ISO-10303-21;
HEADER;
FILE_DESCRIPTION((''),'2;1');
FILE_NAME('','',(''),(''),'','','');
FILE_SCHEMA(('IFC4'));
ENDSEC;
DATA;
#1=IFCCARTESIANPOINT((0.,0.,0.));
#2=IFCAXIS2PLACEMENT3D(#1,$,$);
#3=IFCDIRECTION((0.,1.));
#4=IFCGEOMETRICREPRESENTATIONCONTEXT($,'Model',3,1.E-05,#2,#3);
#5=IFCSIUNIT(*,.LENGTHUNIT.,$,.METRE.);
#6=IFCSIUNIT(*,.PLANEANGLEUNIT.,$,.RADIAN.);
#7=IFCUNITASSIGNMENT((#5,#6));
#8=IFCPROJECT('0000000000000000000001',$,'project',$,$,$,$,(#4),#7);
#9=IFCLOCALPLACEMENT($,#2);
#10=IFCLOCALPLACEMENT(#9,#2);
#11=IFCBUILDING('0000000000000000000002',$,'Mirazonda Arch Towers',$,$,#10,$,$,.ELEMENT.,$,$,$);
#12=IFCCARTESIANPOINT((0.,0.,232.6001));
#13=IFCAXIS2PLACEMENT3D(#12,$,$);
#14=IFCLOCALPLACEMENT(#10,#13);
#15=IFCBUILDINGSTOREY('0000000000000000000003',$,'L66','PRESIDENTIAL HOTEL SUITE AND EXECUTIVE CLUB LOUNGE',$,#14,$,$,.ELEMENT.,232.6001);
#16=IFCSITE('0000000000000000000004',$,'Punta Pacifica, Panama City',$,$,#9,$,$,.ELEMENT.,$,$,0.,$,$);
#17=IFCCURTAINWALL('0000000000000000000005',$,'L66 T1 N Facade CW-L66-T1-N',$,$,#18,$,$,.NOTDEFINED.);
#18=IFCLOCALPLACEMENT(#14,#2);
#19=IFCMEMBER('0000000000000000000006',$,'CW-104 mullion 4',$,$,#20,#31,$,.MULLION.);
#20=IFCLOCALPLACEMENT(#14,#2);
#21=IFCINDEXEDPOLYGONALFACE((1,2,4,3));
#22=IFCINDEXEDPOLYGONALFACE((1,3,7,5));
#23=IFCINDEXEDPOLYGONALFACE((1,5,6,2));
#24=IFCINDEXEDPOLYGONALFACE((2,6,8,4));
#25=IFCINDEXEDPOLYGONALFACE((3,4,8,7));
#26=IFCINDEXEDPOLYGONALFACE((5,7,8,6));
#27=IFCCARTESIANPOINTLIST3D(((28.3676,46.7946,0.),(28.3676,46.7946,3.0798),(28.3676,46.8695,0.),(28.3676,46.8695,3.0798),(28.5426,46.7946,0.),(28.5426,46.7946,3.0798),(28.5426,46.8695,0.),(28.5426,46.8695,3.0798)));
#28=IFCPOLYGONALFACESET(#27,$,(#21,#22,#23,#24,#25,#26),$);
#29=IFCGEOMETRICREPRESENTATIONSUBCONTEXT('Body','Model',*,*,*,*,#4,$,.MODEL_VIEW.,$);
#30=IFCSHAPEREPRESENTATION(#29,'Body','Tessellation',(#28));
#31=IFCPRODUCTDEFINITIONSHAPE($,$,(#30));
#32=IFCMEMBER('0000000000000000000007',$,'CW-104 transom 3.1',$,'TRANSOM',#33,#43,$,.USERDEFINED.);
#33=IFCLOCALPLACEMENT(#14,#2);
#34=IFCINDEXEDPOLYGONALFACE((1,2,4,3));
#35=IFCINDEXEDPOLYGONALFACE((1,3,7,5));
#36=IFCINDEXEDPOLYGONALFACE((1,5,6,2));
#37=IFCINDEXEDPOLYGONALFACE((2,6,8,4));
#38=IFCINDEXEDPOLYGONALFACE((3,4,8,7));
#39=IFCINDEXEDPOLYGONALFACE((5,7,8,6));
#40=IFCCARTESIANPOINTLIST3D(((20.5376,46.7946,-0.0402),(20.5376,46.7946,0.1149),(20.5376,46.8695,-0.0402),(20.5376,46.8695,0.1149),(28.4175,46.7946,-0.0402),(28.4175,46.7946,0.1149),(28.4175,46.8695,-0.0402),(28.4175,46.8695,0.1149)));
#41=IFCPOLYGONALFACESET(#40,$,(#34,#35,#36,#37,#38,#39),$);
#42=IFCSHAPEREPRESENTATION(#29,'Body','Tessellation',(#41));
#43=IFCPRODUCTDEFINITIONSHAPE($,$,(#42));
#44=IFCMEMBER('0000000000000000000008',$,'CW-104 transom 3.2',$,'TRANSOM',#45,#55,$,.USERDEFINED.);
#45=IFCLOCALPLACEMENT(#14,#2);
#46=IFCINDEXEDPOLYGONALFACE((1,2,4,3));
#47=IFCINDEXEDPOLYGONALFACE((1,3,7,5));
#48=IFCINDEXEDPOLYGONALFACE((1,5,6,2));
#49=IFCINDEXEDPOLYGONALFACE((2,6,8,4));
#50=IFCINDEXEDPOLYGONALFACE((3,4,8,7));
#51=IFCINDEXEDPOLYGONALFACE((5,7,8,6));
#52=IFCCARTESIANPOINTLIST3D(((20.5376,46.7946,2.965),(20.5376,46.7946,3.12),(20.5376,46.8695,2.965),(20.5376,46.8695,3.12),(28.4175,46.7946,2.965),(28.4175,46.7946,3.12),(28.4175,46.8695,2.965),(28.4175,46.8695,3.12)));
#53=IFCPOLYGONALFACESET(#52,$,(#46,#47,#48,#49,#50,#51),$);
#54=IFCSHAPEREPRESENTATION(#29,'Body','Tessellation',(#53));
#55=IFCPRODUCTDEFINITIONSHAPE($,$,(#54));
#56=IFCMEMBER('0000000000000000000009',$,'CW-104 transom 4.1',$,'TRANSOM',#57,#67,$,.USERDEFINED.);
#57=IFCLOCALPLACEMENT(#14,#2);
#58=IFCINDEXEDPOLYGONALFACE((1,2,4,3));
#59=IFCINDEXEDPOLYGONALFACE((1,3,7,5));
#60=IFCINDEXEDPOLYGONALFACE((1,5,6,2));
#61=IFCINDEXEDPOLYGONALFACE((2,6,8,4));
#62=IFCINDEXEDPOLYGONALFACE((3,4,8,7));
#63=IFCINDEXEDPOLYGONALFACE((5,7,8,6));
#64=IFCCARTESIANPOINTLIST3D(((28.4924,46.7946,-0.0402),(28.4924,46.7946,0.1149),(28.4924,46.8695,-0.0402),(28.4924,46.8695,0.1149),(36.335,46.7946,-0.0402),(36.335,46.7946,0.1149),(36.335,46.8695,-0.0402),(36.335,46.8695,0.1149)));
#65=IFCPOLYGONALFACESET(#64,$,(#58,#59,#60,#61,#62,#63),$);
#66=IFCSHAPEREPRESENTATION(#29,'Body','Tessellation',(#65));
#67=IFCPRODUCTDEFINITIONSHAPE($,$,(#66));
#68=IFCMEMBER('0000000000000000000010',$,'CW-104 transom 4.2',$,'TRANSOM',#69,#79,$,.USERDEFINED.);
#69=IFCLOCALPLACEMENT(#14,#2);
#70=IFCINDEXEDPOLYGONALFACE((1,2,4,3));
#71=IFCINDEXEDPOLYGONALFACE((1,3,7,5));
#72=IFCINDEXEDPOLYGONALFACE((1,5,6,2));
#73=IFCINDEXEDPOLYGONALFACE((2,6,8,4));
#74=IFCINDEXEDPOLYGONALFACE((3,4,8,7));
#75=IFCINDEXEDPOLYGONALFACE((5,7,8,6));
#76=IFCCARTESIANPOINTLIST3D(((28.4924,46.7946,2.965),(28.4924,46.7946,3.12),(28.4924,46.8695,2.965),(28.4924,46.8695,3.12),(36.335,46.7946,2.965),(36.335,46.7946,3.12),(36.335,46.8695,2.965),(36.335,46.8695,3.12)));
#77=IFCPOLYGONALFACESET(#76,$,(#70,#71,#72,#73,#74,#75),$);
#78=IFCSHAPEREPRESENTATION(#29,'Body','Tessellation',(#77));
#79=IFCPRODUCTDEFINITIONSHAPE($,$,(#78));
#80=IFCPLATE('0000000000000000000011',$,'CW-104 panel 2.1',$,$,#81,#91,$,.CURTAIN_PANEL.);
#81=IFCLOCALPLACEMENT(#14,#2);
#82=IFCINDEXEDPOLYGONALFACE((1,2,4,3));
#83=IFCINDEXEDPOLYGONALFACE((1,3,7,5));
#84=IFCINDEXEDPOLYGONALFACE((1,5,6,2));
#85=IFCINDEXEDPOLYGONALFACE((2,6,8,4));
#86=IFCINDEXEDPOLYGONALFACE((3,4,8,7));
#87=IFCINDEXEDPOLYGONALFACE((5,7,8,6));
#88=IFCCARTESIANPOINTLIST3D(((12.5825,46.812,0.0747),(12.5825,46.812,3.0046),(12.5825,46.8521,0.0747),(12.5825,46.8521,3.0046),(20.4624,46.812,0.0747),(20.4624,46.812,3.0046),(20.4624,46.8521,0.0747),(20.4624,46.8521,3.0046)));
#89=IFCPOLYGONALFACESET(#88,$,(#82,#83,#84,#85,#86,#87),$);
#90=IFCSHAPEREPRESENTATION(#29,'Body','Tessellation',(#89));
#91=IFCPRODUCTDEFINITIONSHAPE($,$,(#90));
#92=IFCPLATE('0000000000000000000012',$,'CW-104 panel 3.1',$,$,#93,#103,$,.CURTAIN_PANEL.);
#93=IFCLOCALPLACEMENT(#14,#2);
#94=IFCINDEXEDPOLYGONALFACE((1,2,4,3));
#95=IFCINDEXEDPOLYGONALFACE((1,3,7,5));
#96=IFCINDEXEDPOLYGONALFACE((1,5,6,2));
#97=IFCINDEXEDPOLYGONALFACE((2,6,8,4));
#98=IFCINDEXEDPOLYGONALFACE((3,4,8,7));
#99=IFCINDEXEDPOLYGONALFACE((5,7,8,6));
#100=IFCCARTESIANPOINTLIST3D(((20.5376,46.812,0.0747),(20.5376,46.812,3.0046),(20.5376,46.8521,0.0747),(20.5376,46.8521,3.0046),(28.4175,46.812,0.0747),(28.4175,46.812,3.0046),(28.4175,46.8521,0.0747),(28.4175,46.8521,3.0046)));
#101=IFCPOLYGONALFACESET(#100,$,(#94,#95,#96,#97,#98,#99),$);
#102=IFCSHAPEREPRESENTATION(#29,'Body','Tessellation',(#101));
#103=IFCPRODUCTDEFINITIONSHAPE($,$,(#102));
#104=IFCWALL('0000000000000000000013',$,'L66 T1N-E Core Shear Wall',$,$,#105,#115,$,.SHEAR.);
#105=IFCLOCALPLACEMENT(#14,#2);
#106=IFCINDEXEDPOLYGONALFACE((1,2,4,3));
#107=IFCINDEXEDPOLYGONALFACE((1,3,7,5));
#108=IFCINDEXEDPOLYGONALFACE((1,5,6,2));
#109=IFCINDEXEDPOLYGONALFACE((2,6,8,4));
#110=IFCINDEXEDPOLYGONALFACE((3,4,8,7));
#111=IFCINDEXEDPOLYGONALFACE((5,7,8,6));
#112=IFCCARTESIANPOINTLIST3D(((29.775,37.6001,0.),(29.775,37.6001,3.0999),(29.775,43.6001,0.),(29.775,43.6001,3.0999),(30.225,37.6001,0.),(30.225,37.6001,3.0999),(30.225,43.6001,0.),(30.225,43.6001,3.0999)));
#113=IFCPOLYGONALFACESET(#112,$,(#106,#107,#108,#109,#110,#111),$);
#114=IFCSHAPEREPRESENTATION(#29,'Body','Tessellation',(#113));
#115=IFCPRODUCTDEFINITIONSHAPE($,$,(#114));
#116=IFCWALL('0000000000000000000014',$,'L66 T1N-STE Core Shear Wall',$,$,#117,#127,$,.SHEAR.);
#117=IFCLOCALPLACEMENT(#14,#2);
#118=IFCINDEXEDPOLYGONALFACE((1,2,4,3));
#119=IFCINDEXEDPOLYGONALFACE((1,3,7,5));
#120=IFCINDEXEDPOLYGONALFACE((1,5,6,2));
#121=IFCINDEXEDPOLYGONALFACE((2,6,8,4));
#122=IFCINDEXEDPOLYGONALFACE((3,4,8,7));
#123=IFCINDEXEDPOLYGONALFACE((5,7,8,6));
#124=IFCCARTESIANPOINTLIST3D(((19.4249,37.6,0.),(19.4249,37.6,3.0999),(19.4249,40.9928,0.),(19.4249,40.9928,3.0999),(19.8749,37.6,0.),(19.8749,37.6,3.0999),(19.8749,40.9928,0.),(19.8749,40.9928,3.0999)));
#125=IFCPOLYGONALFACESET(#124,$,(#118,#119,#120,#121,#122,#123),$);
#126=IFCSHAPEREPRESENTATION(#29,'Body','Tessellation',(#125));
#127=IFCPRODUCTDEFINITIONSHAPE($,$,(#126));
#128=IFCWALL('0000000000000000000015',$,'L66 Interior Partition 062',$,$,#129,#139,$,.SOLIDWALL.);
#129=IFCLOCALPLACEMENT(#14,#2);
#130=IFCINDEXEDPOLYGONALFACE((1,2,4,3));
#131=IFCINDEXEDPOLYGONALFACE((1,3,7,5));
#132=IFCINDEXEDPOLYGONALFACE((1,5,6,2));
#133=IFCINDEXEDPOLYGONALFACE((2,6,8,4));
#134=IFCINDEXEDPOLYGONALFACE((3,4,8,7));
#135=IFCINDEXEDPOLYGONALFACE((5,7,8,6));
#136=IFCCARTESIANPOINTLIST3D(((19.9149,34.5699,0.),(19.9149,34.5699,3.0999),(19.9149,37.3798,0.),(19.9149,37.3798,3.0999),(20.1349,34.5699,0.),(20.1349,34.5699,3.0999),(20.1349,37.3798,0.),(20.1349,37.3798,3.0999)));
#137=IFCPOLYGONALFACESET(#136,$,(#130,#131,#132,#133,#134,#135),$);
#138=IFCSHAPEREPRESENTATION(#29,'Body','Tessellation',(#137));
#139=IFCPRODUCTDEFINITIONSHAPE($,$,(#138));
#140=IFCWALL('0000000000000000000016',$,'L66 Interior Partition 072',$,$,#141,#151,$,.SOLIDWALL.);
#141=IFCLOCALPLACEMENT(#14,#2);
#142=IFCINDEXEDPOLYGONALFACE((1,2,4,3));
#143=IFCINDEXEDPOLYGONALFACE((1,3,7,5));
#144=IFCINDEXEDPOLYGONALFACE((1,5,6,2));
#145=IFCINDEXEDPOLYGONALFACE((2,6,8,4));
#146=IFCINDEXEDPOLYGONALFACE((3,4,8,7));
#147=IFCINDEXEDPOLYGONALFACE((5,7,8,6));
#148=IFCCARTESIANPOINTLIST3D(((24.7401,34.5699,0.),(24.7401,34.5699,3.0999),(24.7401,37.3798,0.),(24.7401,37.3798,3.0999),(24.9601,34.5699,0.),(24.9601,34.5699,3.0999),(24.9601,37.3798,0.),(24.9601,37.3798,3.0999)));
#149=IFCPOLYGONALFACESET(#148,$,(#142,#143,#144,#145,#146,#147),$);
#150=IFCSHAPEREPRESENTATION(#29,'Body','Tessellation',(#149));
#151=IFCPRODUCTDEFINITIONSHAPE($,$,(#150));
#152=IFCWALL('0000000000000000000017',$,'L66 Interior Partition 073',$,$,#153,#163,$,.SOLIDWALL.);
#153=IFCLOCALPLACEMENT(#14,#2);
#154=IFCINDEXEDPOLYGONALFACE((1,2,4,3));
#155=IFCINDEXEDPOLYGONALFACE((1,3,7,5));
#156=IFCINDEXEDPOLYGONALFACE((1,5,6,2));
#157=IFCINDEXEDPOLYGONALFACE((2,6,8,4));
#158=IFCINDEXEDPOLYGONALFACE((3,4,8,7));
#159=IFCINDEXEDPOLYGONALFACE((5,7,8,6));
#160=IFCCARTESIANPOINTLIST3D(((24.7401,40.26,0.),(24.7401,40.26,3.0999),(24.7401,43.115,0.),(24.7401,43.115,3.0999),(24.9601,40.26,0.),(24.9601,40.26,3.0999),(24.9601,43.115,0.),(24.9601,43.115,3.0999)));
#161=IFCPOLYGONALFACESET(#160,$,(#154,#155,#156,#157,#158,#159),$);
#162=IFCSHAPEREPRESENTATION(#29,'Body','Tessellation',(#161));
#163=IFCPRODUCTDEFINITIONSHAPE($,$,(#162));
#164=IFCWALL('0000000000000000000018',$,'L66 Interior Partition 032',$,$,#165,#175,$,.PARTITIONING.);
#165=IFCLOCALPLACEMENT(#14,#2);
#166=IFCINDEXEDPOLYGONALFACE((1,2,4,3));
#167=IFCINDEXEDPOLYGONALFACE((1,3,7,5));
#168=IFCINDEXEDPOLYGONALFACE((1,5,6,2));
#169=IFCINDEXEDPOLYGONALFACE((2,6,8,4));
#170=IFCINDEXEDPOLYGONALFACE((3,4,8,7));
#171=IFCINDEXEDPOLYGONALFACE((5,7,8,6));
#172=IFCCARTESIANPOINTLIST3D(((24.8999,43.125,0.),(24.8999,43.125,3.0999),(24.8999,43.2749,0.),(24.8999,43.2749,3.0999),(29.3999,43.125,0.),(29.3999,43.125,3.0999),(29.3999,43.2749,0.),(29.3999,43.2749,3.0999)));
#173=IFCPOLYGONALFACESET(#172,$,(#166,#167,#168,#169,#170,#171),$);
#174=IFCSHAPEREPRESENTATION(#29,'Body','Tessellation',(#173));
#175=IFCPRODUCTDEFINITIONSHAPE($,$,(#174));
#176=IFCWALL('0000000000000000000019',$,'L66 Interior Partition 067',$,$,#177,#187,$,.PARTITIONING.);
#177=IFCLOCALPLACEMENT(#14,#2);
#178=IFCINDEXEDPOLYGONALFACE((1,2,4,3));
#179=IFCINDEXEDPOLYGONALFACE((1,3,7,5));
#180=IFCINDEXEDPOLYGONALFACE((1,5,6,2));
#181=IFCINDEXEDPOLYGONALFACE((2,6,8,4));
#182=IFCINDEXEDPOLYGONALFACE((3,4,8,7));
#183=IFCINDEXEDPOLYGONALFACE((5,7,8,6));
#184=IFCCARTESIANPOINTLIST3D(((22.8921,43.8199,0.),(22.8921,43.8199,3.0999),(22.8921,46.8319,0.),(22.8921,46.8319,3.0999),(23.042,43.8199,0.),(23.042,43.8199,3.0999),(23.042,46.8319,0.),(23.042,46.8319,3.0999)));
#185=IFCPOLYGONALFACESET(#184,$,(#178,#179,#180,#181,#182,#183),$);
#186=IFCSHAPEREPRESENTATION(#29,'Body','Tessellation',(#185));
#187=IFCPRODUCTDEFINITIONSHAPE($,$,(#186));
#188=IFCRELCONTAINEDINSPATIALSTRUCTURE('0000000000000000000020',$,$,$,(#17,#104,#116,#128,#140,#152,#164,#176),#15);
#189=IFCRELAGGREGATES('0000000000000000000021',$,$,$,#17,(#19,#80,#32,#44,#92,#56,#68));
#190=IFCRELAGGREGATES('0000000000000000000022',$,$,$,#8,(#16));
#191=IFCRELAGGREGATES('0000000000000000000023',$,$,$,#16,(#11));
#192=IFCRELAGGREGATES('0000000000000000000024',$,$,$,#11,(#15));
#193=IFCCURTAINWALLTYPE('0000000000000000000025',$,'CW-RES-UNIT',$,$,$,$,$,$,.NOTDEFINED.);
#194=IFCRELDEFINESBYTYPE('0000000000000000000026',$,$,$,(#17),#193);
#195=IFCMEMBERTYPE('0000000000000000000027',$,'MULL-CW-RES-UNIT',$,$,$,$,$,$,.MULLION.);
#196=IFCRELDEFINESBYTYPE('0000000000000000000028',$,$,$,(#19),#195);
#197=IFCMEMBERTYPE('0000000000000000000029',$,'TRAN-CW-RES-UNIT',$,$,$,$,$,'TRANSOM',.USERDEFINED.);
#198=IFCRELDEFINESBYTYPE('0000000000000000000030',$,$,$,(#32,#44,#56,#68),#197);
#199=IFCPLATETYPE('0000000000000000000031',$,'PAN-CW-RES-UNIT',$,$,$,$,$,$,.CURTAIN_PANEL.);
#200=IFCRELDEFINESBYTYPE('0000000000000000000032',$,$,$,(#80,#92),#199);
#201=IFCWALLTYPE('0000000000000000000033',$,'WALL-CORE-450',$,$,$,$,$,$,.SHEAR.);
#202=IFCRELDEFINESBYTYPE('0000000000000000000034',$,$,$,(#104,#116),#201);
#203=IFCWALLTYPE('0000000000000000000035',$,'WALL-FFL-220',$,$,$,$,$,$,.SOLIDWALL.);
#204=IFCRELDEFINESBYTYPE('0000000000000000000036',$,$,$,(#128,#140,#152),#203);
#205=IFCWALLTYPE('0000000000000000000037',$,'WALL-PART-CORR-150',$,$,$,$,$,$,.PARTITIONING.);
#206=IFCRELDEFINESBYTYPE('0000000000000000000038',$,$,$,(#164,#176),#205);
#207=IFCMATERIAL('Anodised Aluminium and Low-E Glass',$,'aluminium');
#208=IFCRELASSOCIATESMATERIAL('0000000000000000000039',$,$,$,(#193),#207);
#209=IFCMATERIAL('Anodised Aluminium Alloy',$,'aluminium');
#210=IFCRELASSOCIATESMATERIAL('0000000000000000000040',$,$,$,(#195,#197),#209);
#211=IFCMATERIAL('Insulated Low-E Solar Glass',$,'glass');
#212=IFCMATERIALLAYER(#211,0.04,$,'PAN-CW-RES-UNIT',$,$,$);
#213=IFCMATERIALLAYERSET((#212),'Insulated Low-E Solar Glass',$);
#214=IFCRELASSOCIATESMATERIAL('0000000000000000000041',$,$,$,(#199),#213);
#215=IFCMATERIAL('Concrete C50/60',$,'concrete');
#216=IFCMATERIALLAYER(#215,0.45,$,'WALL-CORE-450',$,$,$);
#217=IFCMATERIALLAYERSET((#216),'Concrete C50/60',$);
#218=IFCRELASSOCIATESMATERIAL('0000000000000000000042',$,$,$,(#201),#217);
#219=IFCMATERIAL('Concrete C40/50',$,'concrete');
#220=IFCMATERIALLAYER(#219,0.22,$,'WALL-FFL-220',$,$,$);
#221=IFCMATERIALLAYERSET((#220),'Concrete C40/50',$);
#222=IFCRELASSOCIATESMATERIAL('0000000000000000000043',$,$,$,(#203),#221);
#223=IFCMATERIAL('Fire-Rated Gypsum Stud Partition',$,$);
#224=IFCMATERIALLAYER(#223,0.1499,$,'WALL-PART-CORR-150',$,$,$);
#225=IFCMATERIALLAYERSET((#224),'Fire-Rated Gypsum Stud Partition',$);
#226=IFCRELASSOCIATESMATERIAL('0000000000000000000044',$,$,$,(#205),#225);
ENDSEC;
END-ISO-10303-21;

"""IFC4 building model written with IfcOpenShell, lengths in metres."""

from ifc_helpers import new_model, si_unit, direction, frame, frame_2d, origin, origin_2d, place, context, subcontext, project, spatial, rectangle, extrude, material, layer, layer_set, material_profile, profile_set, type_object, element, aggregate, save


model = new_model("IFC4")

# Units and contexts
model_context = context("Model", 3, precision=1e-05, world=origin(), true_north=direction((0.0, 1.0)))
body_context = subcontext(model_context, "Body", "Model", "MODEL_VIEW")
ifc_project = project(units=[si_unit("LENGTHUNIT", "METRE"), si_unit("PLANEANGLEUNIT", "RADIAN")], contexts=[model_context])

# Site, building, storey
site_placement = place(None, origin())
site = spatial("IfcSite", under=ifc_project, at=site_placement, Name="Punta Pacifica, Panama City", CompositionType="ELEMENT", RefElevation=0.0)
building_placement = place(site_placement, origin())
building = spatial("IfcBuilding", under=site, at=building_placement, Name="Mirazonda Arch Towers", CompositionType="ELEMENT")
storey_placement = place(building_placement, frame((0.0, 0.0, 232.6001)))
storey = spatial("IfcBuildingStorey", under=building, at=storey_placement, Name="L66", Description="PRESIDENTIAL HOTEL SUITE AND EXECUTIVE CLUB LOUNGE", CompositionType="ELEMENT", Elevation=232.6001)

# Shared definitions
ifc_material_1 = material(Name="Concrete C50/60", Category="concrete")

# Curtain wall, members, plates
ifc_material_2 = material(Name="Anodised Aluminium and Low-E Glass", Category="aluminium")
curtain_wall_type = type_object("IfcCurtainWallType", Name="CW-RES-UNIT", PredefinedType="NOTDEFINED", material=ifc_material_2)
curtain_wall_placement = place(storey_placement, origin())
curtain_wall = element("IfcCurtainWall", 1, at=curtain_wall_placement, inside=storey, type_object=curtain_wall_type, Name="L66 T1 N Facade CW-L66-T1-N", PredefinedType="NOTDEFINED")
ifc_material_3 = material(Name="Anodised Aluminium Alloy", Category="aluminium")
ifc_material_profile_1 = material_profile(ifc_material_3, rectangle(XDim=0.075, YDim=0.175, at=origin_2d()), Name="ALU-MULL-75x175")
ifc_profile_set_1 = profile_set([ifc_material_profile_1], Name="Anodised Aluminium Alloy")
member_type_1 = type_object("IfcMemberType", Name="MULL-CW-RES-UNIT", PredefinedType="MULLION", material=ifc_profile_set_1)
member_1_placement = place(storey_placement, frame((28.4551, 46.832, 0.0), z_axis=(0.0, 0.0, 1.0), x_axis=(0.0, 1.0, 0.0)))
member_1 = element("IfcMember", 2, at=member_1_placement, type_object=member_type_1, Name="CW-104 mullion 4", PredefinedType="MULLION", context=body_context, shape_type="SweptSolid", body=[
    extrude(rectangle(XDim=0.075, YDim=0.175, at=origin_2d()), origin(), (0.0, 0.0, 1.0), 3.0798),
])
ifc_material_profile_2 = material_profile(ifc_material_3, rectangle(XDim=0.075, YDim=0.155, at=origin_2d()), Name="ALU-TRAN-75x155")
ifc_profile_set_2 = profile_set([ifc_material_profile_2], Name="Anodised Aluminium Alloy")
member_type_2 = type_object("IfcMemberType", Name="TRAN-CW-RES-UNIT", ElementType="TRANSOM", PredefinedType="USERDEFINED", material=ifc_profile_set_2)
member_2_placement = place(storey_placement, frame((20.5376, 46.832, 0.0374), z_axis=(1.0, 0.0, 0.0), x_axis=(0.0, 1.0, 0.0)))
member_2 = element("IfcMember", 3, at=member_2_placement, type_object=member_type_2, Name="CW-104 transom 3.1", ObjectType="TRANSOM", PredefinedType="USERDEFINED", context=body_context, shape_type="SweptSolid", body=[
    extrude(rectangle(XDim=0.075, YDim=0.155, at=origin_2d()), origin(), (0.0, 0.0, 1.0), 7.8799),
])
member_3_placement = place(storey_placement, frame((20.5376, 46.832, 3.0425), z_axis=(1.0, 0.0, 0.0), x_axis=(0.0, 1.0, 0.0)))
member_3 = element("IfcMember", 4, at=member_3_placement, type_object=member_type_2, Name="CW-104 transom 3.2", ObjectType="TRANSOM", PredefinedType="USERDEFINED", context=body_context, shape_type="SweptSolid", body=[
    extrude(rectangle(XDim=0.075, YDim=0.155, at=origin_2d()), origin(), (0.0, 0.0, 1.0), 7.8799),
])
member_4_placement = place(storey_placement, frame((28.4924, 46.832, 0.0374), z_axis=(1.0, 0.0, 0.0), x_axis=(0.0, 1.0, 0.0)))
member_4 = element("IfcMember", 5, at=member_4_placement, type_object=member_type_2, Name="CW-104 transom 4.1", ObjectType="TRANSOM", PredefinedType="USERDEFINED", context=body_context, shape_type="SweptSolid", body=[
    extrude(rectangle(XDim=0.075, YDim=0.155, at=origin_2d()), origin(), (0.0, 0.0, 1.0), 7.8425),
])
member_5_placement = place(storey_placement, frame((28.4924, 46.832, 3.0425), z_axis=(1.0, 0.0, 0.0), x_axis=(0.0, 1.0, 0.0)))
member_5 = element("IfcMember", 6, at=member_5_placement, type_object=member_type_2, Name="CW-104 transom 4.2", ObjectType="TRANSOM", PredefinedType="USERDEFINED", context=body_context, shape_type="SweptSolid", body=[
    extrude(rectangle(XDim=0.075, YDim=0.155, at=origin_2d()), origin(), (0.0, 0.0, 1.0), 7.8425),
])
ifc_material_4 = material(Name="Insulated Low-E Solar Glass", Category="glass")
ifc_layer_1 = layer(ifc_material_4, 0.04, Name="PAN-CW-RES-UNIT")
ifc_layer_set_1 = layer_set([ifc_layer_1], Name="Insulated Low-E Solar Glass")
plate_type = type_object("IfcPlateType", Name="PAN-CW-RES-UNIT", PredefinedType="CURTAIN_PANEL", material=ifc_layer_set_1)
plate_1_placement = place(storey_placement, frame((16.5225, 46.832, 0.0747), z_axis=(0.0, 0.0, 1.0), x_axis=(1.0, 0.0, 0.0)))
plate_1 = element("IfcPlate", 7, at=plate_1_placement, type_object=plate_type, Name="CW-104 panel 2.1", PredefinedType="CURTAIN_PANEL", context=body_context, shape_type="SweptSolid", body=[
    extrude(rectangle(XDim=7.8799, YDim=0.04, at=origin_2d()), origin(), (0.0, 0.0, 1.0), 2.9299),
])
plate_2_placement = place(storey_placement, frame((24.4775, 46.832, 0.0747), z_axis=(0.0, 0.0, 1.0), x_axis=(1.0, 0.0, 0.0)))
plate_2 = element("IfcPlate", 8, at=plate_2_placement, type_object=plate_type, Name="CW-104 panel 3.1", PredefinedType="CURTAIN_PANEL", context=body_context, shape_type="SweptSolid", body=[
    extrude(rectangle(XDim=7.8799, YDim=0.04, at=origin_2d()), origin(), (0.0, 0.0, 1.0), 2.9299),
])
aggregate(curtain_wall, [member_1, plate_1, member_2, member_3, plate_2, member_4, member_5])

# Walls
ifc_layer_2 = layer(ifc_material_1, 0.45, Name="WALL-CORE-450")
ifc_layer_set_2 = layer_set([ifc_layer_2], Name="Concrete C50/60")
wall_type_1 = type_object("IfcWallType", Name="WALL-CORE-450", PredefinedType="SHEAR", material=ifc_layer_set_2)
wall_1_placement = place(storey_placement, frame((30.0, 37.6001, 0.0), z_axis=(0.0, 0.0, 1.0), x_axis=(0.0, 1.0, 0.0)))
element("IfcWall", 9, at=wall_1_placement, inside=storey, type_object=wall_type_1, Name="L66 T1N-E Core Shear Wall", PredefinedType="SHEAR", context=body_context, shape_type="SweptSolid", body=[
    extrude(rectangle(XDim=6.0, YDim=0.45, at=frame_2d((3.0, 0.0))), origin(), (0.0, 0.0, 1.0), 3.0999),
])
wall_2_placement = place(storey_placement, frame((19.6499, 37.6001, 0.0), z_axis=(0.0, 0.0, 1.0), x_axis=(0.0, 1.0, 0.0)))
element("IfcWall", 10, at=wall_2_placement, inside=storey, type_object=wall_type_1, Name="L66 T1N-STE Core Shear Wall", PredefinedType="SHEAR", context=body_context, shape_type="SweptSolid", body=[
    extrude(rectangle(XDim=3.3928, YDim=0.45, at=frame_2d((1.6963, 0.0))), origin(), (0.0, 0.0, 1.0), 3.0999),
])
ifc_material_5 = material(Name="Concrete C40/50", Category="concrete")
ifc_layer_3 = layer(ifc_material_5, 0.22, Name="WALL-FFL-220")
ifc_layer_set_3 = layer_set([ifc_layer_3], Name="Concrete C40/50")
wall_type_2 = type_object("IfcWallType", Name="WALL-FFL-220", PredefinedType="SOLIDWALL", material=ifc_layer_set_3)
for number, where, z_axis, x_axis, name in (
    (11, (20.0249, 34.5701, 0.0), (0.0, 0.0, 1.0), (0.0, 1.0, 0.0), "L66 Interior Partition 062"),
    (12, (24.8501, 34.5701, 0.0), (0.0, 0.0, 1.0), (0.0, 1.0, 0.0), "L66 Interior Partition 072"),
):
    element("IfcWall", number, at=place(storey_placement, frame(where, z_axis=z_axis, x_axis=x_axis)), inside=storey, type_object=wall_type_2, Name=name, PredefinedType="SOLIDWALL", context=body_context, shape_type="SweptSolid", body=[
        extrude(rectangle(XDim=2.8098, YDim=0.22, at=frame_2d((1.4048, 0.0))), origin(), (0.0, 0.0, 1.0), 3.0999),
    ])
wall_3_placement = place(storey_placement, frame((24.8501, 40.26, 0.0), z_axis=(0.0, 0.0, 1.0), x_axis=(0.0, 1.0, 0.0)))
element("IfcWall", 13, at=wall_3_placement, inside=storey, type_object=wall_type_2, Name="L66 Interior Partition 073", PredefinedType="SOLIDWALL", context=body_context, shape_type="SweptSolid", body=[
    extrude(rectangle(XDim=2.855, YDim=0.22, at=frame_2d((1.4275, 0.0))), origin(), (0.0, 0.0, 1.0), 3.0999),
])
ifc_material_6 = material(Name="Fire-Rated Gypsum Stud Partition")
ifc_layer_4 = layer(ifc_material_6, 0.1499, Name="WALL-PART-CORR-150")
ifc_layer_set_4 = layer_set([ifc_layer_4], Name="Fire-Rated Gypsum Stud Partition")
wall_type_3 = type_object("IfcWallType", Name="WALL-PART-CORR-150", PredefinedType="PARTITIONING", material=ifc_layer_set_4)
wall_4_placement = place(storey_placement, frame((24.8999, 43.2, 0.0), z_axis=(0.0, 0.0, 1.0), x_axis=(1.0, 0.0, 0.0)))
element("IfcWall", 14, at=wall_4_placement, inside=storey, type_object=wall_type_3, Name="L66 Interior Partition 032", PredefinedType="PARTITIONING", context=body_context, shape_type="SweptSolid", body=[
    extrude(rectangle(XDim=4.5, YDim=0.1499, at=frame_2d((2.25, 0.0))), origin(), (0.0, 0.0, 1.0), 3.0999),
])
wall_5_placement = place(storey_placement, frame((22.967, 43.8201, 0.0), z_axis=(0.0, 0.0, 1.0), x_axis=(0.0, 1.0, 0.0)))
element("IfcWall", 15, at=wall_5_placement, inside=storey, type_object=wall_type_3, Name="L66 Interior Partition 067", PredefinedType="PARTITIONING", context=body_context, shape_type="SweptSolid", body=[
    extrude(rectangle(XDim=3.012, YDim=0.1499, at=frame_2d((1.5059, 0.0))), origin(), (0.0, 0.0, 1.0), 3.0999),
])

save(model, "model.ifc")
